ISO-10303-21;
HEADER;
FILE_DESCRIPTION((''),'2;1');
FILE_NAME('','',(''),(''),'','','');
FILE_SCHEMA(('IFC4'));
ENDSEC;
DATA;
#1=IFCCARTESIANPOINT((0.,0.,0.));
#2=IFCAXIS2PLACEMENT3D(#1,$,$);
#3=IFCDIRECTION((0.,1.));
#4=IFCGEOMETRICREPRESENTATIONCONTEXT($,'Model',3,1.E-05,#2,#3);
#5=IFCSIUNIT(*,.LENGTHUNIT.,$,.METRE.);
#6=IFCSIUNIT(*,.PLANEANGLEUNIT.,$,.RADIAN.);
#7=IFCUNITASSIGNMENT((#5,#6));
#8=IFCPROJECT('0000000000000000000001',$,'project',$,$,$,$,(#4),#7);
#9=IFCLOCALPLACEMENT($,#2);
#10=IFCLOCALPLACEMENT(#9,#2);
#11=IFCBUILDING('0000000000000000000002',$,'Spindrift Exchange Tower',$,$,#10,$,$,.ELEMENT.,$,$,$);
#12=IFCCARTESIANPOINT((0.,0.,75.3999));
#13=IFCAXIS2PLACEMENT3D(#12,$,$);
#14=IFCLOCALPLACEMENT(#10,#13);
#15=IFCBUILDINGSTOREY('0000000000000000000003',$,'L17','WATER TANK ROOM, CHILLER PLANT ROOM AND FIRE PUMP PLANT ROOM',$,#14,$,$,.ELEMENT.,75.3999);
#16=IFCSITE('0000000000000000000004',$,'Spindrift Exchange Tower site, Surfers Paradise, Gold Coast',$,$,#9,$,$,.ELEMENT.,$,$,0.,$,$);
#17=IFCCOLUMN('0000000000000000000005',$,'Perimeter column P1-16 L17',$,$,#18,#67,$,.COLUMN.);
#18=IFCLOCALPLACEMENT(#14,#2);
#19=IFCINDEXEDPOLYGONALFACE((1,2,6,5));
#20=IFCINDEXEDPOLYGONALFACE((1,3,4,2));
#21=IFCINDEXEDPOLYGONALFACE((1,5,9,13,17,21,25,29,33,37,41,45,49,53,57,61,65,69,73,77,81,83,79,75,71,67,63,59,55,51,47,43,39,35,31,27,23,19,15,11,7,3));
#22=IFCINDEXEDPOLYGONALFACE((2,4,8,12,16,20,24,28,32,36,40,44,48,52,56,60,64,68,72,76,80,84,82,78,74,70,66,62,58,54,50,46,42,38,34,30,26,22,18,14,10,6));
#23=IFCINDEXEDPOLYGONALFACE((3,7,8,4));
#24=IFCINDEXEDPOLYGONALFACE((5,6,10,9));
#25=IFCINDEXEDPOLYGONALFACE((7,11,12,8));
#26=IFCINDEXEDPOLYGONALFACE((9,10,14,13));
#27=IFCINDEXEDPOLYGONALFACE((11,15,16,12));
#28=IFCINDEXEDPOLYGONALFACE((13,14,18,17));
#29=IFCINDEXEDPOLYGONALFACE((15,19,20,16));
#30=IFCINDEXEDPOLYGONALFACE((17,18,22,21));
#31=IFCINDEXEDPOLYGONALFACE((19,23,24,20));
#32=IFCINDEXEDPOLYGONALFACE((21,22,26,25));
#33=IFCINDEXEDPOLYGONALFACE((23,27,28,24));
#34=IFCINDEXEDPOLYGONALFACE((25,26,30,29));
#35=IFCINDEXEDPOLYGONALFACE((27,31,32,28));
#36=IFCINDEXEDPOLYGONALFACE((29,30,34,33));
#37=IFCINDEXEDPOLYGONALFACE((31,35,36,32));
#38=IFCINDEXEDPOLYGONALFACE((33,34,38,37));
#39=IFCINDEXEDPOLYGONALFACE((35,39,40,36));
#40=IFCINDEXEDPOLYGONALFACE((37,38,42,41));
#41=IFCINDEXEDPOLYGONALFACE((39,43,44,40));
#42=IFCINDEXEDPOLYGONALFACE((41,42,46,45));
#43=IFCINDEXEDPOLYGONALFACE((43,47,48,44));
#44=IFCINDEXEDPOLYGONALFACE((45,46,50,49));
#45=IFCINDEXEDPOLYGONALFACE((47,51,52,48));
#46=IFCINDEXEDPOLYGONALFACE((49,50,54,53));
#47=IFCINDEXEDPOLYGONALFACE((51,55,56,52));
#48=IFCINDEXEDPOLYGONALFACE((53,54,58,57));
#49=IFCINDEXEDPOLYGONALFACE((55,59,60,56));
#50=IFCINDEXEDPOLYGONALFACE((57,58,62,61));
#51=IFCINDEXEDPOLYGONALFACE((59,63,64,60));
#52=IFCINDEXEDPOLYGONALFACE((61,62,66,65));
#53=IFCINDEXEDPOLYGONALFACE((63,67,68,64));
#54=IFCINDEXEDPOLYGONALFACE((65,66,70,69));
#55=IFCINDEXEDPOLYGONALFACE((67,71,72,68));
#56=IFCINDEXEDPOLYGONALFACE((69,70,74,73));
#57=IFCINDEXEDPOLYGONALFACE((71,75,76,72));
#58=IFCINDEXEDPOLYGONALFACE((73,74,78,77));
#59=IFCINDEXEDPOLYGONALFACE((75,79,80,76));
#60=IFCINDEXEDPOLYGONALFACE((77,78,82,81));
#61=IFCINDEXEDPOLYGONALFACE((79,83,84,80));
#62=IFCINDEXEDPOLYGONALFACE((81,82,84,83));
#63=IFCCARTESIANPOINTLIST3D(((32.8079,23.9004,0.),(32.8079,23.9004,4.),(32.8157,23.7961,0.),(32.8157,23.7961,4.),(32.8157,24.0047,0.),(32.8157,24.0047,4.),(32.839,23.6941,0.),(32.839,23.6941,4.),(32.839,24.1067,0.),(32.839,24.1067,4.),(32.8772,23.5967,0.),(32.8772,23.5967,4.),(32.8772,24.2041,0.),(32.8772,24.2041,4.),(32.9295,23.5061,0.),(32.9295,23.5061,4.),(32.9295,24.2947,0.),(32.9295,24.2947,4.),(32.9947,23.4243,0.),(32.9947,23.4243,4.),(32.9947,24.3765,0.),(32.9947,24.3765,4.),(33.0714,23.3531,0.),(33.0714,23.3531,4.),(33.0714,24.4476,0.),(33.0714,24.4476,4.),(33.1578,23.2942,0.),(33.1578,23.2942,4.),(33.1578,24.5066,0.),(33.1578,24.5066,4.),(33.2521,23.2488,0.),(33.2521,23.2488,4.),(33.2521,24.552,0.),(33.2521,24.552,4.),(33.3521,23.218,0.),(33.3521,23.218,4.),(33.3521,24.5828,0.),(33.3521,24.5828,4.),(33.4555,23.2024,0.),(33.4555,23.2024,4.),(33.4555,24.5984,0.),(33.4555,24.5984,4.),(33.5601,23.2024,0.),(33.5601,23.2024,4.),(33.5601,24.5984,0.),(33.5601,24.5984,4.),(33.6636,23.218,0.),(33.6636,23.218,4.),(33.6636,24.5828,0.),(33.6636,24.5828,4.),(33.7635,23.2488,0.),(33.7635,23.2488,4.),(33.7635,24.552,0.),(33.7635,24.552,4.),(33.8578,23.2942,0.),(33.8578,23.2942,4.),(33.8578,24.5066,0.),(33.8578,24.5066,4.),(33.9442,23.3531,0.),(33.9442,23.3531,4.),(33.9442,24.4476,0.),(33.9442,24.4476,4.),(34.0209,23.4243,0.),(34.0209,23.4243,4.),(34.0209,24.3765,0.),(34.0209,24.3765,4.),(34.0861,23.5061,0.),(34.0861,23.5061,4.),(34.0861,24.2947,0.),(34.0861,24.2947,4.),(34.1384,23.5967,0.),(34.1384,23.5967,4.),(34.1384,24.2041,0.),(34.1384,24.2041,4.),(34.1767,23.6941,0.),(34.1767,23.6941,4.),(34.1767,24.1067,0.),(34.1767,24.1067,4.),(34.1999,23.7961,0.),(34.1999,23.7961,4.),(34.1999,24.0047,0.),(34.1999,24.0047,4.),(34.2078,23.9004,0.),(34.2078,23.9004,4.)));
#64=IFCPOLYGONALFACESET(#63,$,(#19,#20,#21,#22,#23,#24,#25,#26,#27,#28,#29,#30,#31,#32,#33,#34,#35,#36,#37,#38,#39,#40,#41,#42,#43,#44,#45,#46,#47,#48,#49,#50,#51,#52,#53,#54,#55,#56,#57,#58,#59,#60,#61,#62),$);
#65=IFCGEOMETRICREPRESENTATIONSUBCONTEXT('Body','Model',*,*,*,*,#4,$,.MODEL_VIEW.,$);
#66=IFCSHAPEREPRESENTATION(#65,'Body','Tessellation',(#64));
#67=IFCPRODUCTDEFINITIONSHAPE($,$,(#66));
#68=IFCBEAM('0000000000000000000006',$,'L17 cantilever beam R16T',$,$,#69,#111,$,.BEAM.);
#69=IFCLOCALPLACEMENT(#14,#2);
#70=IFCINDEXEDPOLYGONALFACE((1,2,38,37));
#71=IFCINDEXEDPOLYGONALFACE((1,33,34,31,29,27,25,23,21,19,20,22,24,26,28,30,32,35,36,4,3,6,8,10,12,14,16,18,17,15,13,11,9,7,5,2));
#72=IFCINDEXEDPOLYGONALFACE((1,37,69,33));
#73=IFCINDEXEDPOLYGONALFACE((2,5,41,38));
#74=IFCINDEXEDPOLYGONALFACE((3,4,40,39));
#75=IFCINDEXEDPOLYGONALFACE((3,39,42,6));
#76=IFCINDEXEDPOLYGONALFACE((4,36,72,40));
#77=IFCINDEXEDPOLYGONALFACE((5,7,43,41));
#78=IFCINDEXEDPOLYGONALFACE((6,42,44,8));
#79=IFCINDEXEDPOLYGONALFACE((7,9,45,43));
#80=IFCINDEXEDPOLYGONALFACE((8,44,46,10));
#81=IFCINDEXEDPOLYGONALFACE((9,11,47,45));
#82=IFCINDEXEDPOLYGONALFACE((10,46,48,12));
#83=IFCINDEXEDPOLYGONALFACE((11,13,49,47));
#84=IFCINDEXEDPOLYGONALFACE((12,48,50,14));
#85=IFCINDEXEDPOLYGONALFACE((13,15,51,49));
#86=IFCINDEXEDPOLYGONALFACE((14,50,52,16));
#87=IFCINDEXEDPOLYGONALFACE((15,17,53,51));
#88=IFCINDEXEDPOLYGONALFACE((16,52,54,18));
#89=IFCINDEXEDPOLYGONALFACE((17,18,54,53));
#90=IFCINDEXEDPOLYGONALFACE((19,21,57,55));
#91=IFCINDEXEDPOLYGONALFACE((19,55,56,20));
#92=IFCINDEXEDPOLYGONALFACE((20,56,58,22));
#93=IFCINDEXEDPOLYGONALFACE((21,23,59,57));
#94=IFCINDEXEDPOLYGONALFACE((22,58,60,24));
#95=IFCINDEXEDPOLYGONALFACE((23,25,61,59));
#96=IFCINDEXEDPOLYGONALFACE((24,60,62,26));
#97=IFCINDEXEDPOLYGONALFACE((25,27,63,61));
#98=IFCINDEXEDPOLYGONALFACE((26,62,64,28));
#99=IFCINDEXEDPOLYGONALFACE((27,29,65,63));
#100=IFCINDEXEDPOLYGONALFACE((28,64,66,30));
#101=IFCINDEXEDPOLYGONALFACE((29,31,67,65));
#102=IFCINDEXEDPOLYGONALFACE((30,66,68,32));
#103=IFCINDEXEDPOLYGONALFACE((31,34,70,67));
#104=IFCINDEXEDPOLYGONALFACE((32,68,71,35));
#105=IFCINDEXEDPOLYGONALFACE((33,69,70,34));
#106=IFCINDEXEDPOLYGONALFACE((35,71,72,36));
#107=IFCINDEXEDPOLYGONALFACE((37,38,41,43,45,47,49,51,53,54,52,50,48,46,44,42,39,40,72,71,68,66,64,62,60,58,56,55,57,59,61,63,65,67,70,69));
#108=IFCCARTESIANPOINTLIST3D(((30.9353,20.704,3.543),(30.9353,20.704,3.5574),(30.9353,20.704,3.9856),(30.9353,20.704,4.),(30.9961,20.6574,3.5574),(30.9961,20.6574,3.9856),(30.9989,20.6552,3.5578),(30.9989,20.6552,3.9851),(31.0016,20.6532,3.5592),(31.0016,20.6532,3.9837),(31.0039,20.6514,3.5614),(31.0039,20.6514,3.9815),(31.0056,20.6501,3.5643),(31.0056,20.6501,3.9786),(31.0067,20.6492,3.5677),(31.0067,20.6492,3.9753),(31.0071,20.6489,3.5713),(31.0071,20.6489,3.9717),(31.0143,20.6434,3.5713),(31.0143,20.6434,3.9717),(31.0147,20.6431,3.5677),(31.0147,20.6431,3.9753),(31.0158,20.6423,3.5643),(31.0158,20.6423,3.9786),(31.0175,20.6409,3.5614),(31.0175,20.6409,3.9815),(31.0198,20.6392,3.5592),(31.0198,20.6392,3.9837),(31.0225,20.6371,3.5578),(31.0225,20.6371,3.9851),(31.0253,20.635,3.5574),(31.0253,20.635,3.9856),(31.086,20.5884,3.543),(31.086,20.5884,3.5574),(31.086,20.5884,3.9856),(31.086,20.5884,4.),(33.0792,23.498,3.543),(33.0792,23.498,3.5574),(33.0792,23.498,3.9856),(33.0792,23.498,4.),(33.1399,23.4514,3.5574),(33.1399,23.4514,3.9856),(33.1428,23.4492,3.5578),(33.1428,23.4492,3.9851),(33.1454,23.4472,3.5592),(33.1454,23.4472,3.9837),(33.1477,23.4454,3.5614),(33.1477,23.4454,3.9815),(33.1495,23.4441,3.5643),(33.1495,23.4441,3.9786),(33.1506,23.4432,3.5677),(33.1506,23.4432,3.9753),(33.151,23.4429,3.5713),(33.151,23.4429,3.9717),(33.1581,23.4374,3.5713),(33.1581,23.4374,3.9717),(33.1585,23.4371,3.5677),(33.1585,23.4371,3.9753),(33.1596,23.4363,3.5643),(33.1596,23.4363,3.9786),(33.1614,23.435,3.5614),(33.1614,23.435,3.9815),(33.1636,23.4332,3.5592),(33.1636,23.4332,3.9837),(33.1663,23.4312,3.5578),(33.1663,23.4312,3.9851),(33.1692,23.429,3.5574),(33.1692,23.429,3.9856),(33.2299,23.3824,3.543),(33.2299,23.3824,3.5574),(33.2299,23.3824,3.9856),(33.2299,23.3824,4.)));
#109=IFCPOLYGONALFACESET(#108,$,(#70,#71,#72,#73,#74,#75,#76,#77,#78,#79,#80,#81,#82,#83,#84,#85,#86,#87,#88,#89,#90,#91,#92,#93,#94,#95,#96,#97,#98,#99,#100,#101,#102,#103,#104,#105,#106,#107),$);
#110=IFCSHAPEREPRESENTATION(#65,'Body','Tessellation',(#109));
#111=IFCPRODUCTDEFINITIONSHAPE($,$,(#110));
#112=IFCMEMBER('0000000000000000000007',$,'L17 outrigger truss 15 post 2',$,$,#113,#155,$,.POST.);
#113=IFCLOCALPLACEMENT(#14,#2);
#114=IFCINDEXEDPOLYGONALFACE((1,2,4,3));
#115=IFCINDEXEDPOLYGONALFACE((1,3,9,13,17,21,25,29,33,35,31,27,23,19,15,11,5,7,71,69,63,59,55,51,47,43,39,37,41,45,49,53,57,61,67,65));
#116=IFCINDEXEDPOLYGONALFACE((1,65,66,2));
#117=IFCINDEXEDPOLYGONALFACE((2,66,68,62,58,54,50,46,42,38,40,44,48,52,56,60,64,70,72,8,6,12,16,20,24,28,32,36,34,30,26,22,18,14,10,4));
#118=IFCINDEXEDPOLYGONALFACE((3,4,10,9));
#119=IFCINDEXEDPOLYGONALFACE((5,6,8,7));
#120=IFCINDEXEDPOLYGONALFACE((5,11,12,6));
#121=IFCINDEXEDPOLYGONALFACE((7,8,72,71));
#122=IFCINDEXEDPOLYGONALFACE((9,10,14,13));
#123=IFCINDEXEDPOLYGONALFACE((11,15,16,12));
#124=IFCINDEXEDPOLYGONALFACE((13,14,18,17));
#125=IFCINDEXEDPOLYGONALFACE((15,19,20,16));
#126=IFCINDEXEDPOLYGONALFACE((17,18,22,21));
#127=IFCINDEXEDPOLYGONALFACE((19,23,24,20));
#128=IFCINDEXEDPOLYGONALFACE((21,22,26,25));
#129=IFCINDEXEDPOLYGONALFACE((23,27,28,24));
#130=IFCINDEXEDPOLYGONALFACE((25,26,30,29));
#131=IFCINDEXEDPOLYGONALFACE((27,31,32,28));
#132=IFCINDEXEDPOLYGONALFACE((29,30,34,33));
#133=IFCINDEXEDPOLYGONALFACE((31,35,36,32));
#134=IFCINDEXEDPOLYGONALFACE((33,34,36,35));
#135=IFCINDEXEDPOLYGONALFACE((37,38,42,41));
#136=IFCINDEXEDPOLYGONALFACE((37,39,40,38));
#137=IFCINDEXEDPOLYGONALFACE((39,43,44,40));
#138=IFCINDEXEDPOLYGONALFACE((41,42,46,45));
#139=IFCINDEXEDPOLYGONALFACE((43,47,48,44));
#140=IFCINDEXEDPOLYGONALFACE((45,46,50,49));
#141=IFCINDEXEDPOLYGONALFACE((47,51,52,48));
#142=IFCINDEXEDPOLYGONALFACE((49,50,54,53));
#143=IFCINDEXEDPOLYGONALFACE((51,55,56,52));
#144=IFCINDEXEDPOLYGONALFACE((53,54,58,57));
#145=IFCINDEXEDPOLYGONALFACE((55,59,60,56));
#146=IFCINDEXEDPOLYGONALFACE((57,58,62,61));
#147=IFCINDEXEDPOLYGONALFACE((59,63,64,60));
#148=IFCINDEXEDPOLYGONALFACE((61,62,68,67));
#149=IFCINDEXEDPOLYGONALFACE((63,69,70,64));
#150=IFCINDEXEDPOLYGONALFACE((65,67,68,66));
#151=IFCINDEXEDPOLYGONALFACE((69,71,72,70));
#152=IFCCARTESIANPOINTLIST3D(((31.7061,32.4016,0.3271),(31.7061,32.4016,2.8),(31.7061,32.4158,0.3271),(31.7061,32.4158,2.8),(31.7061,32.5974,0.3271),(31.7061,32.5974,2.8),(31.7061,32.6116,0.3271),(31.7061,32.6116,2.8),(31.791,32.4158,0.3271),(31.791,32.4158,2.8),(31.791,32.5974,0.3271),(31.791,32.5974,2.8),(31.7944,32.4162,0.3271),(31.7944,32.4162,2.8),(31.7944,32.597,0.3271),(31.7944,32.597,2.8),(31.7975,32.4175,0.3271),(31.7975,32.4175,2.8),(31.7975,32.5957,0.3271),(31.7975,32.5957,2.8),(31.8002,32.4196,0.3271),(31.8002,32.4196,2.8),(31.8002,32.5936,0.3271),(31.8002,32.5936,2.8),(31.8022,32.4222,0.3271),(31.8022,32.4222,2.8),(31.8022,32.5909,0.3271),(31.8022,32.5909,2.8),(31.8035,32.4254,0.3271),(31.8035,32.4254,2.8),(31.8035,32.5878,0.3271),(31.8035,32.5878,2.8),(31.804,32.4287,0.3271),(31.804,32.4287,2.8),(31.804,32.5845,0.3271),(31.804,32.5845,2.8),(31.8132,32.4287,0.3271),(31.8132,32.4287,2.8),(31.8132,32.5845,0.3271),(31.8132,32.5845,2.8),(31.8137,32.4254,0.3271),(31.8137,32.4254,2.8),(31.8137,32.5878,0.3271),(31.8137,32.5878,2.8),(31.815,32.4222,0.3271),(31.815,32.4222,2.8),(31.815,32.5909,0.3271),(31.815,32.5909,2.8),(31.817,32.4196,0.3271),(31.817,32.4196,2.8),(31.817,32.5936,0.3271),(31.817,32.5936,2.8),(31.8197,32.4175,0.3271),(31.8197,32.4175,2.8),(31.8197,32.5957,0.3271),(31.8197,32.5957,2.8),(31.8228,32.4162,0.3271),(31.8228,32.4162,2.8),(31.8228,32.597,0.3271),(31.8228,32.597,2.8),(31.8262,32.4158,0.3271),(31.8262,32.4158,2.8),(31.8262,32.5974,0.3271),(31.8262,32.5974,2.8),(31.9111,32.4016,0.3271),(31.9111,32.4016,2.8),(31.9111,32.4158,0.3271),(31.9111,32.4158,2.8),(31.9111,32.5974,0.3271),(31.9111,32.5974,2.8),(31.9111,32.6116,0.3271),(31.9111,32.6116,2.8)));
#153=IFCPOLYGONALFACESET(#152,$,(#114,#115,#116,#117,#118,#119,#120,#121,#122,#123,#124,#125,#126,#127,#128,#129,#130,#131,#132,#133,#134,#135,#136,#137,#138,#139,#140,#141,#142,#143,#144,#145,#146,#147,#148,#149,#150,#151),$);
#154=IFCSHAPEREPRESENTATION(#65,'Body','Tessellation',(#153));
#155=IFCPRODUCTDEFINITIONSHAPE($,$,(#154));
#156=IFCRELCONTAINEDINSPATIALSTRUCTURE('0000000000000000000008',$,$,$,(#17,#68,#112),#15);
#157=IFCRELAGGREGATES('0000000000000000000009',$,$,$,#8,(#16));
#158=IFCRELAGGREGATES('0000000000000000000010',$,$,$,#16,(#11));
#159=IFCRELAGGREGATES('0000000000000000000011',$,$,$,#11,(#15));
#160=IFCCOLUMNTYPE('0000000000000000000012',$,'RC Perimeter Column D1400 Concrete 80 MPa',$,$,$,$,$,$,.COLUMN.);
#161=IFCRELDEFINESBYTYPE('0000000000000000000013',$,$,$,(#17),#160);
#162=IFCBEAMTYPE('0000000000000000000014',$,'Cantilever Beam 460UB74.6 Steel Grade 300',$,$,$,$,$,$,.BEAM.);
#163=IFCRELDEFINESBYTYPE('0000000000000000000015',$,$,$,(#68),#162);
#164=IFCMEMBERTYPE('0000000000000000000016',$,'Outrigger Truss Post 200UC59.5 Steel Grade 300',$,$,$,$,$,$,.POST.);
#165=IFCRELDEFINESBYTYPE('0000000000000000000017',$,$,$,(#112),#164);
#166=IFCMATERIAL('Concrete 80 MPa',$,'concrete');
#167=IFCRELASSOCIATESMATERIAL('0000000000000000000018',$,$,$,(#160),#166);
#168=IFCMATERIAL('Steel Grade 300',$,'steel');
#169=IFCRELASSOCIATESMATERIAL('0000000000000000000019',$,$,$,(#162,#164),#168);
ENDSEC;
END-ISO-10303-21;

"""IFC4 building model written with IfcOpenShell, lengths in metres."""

from ifc_helpers import new_model, si_unit, direction, frame, origin, origin_2d, place, context, subcontext, project, spatial, circle, i_section, extrude, source, transform, mapped, material, material_profile, profile_set, type_object, element, save


model = new_model("IFC4")

# Units and contexts
model_context = context("Model", 3, precision=1e-05, world=origin(), true_north=direction((0.0, 1.0)))
body_context = subcontext(model_context, "Body", "Model", "MODEL_VIEW")
ifc_project = project(units=[si_unit("LENGTHUNIT", "METRE"), si_unit("PLANEANGLEUNIT", "RADIAN")], contexts=[model_context])

# Site, building, storey
site_placement = place(None, origin())
site = spatial("IfcSite", under=ifc_project, at=site_placement, Name="Spindrift Exchange Tower site, Surfers Paradise, Gold Coast", CompositionType="ELEMENT", RefElevation=0.0)
building_placement = place(site_placement, origin())
building = spatial("IfcBuilding", under=site, at=building_placement, Name="Spindrift Exchange Tower", CompositionType="ELEMENT")
storey_placement = place(building_placement, frame((0.0, 0.0, 75.3999)))
storey = spatial("IfcBuildingStorey", under=building, at=storey_placement, Name="L17", Description="WATER TANK ROOM, CHILLER PLANT ROOM AND FIRE PUMP PLANT ROOM", CompositionType="ELEMENT", Elevation=75.3999)

# Column
ifc_material_1 = material(Name="Concrete 80 MPa", Category="concrete")
ifc_material_profile_1 = material_profile(ifc_material_1, circle(Radius=0.7, at=origin_2d()), Name="RC D1400")
ifc_profile_set_1 = profile_set([ifc_material_profile_1], Name="Concrete 80 MPa")
column_type = type_object("IfcColumnType", Name="RC Perimeter Column D1400 Concrete 80 MPa", PredefinedType="COLUMN", material=ifc_profile_set_1)
shared_shape_1 = source(origin(), body_context, "Body", "SweptSolid", [
    extrude(circle(Radius=0.7, at=origin_2d()), origin(), (0.0, 0.0, 1.0), 4.0),
])
column_placement = place(storey_placement, frame((33.5078, 23.9004, 0.0), z_axis=(0.0, 0.0, 1.0), x_axis=(1.0, 0.0, 0.0)))
element("IfcColumn", 1, at=column_placement, inside=storey, type_object=column_type, Name="Perimeter column P1-16 L17", PredefinedType="COLUMN", context=body_context, shape_type="MappedRepresentation", body=[
    mapped(shared_shape_1, transform((0.0, 0.0, 0.0), scale=1.0)),
])

# Beam
ifc_material_2 = material(Name="Steel Grade 300", Category="steel")
ifc_material_profile_2 = material_profile(ifc_material_2, i_section(OverallWidth=0.1899, OverallDepth=0.457, WebThickness=0.009, FlangeThickness=0.0144, FilletRadius=0.0139, at=origin_2d()), Name="460UB74.6")
ifc_profile_set_2 = profile_set([ifc_material_profile_2], Name="Steel Grade 300")
beam_type_1 = type_object("IfcBeamType", Name="Cantilever Beam 460UB74.6 Steel Grade 300", PredefinedType="BEAM", material=ifc_profile_set_2)
shared_shape_2 = source(origin(), body_context, "Body", "SweptSolid", [
    extrude(i_section(OverallWidth=0.1899, OverallDepth=0.457, WebThickness=0.009, FlangeThickness=0.0144, FilletRadius=0.0139, at=origin_2d()), origin(), (0.0, 0.0, 1.0), 3.5217),
])
beam_1_placement = place(storey_placement, frame((33.1545, 23.4402, 3.7715), z_axis=(-0.608749, -0.793363, 0.0), x_axis=(0.793363, -0.608749, 0.0)))
element("IfcBeam", 2, at=beam_1_placement, inside=storey, type_object=beam_type_1, Name="L17 cantilever beam R16T", PredefinedType="BEAM", context=body_context, shape_type="MappedRepresentation", body=[
    mapped(shared_shape_2, transform((0.0, 0.0, 0.0), scale=1.0)),
])

# Member
ifc_material_profile_3 = material_profile(ifc_material_2, i_section(OverallWidth=0.2051, OverallDepth=0.21, WebThickness=0.0093, FlangeThickness=0.0142, FilletRadius=0.0129, at=origin_2d()), Name="200UC59.5")
ifc_profile_set_3 = profile_set([ifc_material_profile_3], Name="Steel Grade 300")
member_type_1 = type_object("IfcMemberType", Name="Outrigger Truss Post 200UC59.5 Steel Grade 300", PredefinedType="POST", material=ifc_profile_set_3)
shared_shape_3 = source(origin(), body_context, "Body", "SweptSolid", [
    extrude(i_section(OverallWidth=0.2051, OverallDepth=0.21, WebThickness=0.0093, FlangeThickness=0.0142, FilletRadius=0.0129, at=origin_2d()), origin(), (0.0, 0.0, 1.0), 2.4729),
])
for number, where, z_axis, x_axis, name in (
    (3, (31.8086, 32.5066, 0.3271), (0.0, 0.0, 1.0), (1.0, 0.0, 0.0), "L17 outrigger truss 15 post 2"),
):
    element("IfcMember", number, at=place(storey_placement, frame(where, z_axis=z_axis, x_axis=x_axis)), inside=storey, type_object=member_type_1, Name=name, PredefinedType="POST", context=body_context, shape_type="MappedRepresentation", body=[
        mapped(shared_shape_3, transform((0.0, 0.0, 0.0), scale=1.0)),
    ])

save(model, "model.ifc")
